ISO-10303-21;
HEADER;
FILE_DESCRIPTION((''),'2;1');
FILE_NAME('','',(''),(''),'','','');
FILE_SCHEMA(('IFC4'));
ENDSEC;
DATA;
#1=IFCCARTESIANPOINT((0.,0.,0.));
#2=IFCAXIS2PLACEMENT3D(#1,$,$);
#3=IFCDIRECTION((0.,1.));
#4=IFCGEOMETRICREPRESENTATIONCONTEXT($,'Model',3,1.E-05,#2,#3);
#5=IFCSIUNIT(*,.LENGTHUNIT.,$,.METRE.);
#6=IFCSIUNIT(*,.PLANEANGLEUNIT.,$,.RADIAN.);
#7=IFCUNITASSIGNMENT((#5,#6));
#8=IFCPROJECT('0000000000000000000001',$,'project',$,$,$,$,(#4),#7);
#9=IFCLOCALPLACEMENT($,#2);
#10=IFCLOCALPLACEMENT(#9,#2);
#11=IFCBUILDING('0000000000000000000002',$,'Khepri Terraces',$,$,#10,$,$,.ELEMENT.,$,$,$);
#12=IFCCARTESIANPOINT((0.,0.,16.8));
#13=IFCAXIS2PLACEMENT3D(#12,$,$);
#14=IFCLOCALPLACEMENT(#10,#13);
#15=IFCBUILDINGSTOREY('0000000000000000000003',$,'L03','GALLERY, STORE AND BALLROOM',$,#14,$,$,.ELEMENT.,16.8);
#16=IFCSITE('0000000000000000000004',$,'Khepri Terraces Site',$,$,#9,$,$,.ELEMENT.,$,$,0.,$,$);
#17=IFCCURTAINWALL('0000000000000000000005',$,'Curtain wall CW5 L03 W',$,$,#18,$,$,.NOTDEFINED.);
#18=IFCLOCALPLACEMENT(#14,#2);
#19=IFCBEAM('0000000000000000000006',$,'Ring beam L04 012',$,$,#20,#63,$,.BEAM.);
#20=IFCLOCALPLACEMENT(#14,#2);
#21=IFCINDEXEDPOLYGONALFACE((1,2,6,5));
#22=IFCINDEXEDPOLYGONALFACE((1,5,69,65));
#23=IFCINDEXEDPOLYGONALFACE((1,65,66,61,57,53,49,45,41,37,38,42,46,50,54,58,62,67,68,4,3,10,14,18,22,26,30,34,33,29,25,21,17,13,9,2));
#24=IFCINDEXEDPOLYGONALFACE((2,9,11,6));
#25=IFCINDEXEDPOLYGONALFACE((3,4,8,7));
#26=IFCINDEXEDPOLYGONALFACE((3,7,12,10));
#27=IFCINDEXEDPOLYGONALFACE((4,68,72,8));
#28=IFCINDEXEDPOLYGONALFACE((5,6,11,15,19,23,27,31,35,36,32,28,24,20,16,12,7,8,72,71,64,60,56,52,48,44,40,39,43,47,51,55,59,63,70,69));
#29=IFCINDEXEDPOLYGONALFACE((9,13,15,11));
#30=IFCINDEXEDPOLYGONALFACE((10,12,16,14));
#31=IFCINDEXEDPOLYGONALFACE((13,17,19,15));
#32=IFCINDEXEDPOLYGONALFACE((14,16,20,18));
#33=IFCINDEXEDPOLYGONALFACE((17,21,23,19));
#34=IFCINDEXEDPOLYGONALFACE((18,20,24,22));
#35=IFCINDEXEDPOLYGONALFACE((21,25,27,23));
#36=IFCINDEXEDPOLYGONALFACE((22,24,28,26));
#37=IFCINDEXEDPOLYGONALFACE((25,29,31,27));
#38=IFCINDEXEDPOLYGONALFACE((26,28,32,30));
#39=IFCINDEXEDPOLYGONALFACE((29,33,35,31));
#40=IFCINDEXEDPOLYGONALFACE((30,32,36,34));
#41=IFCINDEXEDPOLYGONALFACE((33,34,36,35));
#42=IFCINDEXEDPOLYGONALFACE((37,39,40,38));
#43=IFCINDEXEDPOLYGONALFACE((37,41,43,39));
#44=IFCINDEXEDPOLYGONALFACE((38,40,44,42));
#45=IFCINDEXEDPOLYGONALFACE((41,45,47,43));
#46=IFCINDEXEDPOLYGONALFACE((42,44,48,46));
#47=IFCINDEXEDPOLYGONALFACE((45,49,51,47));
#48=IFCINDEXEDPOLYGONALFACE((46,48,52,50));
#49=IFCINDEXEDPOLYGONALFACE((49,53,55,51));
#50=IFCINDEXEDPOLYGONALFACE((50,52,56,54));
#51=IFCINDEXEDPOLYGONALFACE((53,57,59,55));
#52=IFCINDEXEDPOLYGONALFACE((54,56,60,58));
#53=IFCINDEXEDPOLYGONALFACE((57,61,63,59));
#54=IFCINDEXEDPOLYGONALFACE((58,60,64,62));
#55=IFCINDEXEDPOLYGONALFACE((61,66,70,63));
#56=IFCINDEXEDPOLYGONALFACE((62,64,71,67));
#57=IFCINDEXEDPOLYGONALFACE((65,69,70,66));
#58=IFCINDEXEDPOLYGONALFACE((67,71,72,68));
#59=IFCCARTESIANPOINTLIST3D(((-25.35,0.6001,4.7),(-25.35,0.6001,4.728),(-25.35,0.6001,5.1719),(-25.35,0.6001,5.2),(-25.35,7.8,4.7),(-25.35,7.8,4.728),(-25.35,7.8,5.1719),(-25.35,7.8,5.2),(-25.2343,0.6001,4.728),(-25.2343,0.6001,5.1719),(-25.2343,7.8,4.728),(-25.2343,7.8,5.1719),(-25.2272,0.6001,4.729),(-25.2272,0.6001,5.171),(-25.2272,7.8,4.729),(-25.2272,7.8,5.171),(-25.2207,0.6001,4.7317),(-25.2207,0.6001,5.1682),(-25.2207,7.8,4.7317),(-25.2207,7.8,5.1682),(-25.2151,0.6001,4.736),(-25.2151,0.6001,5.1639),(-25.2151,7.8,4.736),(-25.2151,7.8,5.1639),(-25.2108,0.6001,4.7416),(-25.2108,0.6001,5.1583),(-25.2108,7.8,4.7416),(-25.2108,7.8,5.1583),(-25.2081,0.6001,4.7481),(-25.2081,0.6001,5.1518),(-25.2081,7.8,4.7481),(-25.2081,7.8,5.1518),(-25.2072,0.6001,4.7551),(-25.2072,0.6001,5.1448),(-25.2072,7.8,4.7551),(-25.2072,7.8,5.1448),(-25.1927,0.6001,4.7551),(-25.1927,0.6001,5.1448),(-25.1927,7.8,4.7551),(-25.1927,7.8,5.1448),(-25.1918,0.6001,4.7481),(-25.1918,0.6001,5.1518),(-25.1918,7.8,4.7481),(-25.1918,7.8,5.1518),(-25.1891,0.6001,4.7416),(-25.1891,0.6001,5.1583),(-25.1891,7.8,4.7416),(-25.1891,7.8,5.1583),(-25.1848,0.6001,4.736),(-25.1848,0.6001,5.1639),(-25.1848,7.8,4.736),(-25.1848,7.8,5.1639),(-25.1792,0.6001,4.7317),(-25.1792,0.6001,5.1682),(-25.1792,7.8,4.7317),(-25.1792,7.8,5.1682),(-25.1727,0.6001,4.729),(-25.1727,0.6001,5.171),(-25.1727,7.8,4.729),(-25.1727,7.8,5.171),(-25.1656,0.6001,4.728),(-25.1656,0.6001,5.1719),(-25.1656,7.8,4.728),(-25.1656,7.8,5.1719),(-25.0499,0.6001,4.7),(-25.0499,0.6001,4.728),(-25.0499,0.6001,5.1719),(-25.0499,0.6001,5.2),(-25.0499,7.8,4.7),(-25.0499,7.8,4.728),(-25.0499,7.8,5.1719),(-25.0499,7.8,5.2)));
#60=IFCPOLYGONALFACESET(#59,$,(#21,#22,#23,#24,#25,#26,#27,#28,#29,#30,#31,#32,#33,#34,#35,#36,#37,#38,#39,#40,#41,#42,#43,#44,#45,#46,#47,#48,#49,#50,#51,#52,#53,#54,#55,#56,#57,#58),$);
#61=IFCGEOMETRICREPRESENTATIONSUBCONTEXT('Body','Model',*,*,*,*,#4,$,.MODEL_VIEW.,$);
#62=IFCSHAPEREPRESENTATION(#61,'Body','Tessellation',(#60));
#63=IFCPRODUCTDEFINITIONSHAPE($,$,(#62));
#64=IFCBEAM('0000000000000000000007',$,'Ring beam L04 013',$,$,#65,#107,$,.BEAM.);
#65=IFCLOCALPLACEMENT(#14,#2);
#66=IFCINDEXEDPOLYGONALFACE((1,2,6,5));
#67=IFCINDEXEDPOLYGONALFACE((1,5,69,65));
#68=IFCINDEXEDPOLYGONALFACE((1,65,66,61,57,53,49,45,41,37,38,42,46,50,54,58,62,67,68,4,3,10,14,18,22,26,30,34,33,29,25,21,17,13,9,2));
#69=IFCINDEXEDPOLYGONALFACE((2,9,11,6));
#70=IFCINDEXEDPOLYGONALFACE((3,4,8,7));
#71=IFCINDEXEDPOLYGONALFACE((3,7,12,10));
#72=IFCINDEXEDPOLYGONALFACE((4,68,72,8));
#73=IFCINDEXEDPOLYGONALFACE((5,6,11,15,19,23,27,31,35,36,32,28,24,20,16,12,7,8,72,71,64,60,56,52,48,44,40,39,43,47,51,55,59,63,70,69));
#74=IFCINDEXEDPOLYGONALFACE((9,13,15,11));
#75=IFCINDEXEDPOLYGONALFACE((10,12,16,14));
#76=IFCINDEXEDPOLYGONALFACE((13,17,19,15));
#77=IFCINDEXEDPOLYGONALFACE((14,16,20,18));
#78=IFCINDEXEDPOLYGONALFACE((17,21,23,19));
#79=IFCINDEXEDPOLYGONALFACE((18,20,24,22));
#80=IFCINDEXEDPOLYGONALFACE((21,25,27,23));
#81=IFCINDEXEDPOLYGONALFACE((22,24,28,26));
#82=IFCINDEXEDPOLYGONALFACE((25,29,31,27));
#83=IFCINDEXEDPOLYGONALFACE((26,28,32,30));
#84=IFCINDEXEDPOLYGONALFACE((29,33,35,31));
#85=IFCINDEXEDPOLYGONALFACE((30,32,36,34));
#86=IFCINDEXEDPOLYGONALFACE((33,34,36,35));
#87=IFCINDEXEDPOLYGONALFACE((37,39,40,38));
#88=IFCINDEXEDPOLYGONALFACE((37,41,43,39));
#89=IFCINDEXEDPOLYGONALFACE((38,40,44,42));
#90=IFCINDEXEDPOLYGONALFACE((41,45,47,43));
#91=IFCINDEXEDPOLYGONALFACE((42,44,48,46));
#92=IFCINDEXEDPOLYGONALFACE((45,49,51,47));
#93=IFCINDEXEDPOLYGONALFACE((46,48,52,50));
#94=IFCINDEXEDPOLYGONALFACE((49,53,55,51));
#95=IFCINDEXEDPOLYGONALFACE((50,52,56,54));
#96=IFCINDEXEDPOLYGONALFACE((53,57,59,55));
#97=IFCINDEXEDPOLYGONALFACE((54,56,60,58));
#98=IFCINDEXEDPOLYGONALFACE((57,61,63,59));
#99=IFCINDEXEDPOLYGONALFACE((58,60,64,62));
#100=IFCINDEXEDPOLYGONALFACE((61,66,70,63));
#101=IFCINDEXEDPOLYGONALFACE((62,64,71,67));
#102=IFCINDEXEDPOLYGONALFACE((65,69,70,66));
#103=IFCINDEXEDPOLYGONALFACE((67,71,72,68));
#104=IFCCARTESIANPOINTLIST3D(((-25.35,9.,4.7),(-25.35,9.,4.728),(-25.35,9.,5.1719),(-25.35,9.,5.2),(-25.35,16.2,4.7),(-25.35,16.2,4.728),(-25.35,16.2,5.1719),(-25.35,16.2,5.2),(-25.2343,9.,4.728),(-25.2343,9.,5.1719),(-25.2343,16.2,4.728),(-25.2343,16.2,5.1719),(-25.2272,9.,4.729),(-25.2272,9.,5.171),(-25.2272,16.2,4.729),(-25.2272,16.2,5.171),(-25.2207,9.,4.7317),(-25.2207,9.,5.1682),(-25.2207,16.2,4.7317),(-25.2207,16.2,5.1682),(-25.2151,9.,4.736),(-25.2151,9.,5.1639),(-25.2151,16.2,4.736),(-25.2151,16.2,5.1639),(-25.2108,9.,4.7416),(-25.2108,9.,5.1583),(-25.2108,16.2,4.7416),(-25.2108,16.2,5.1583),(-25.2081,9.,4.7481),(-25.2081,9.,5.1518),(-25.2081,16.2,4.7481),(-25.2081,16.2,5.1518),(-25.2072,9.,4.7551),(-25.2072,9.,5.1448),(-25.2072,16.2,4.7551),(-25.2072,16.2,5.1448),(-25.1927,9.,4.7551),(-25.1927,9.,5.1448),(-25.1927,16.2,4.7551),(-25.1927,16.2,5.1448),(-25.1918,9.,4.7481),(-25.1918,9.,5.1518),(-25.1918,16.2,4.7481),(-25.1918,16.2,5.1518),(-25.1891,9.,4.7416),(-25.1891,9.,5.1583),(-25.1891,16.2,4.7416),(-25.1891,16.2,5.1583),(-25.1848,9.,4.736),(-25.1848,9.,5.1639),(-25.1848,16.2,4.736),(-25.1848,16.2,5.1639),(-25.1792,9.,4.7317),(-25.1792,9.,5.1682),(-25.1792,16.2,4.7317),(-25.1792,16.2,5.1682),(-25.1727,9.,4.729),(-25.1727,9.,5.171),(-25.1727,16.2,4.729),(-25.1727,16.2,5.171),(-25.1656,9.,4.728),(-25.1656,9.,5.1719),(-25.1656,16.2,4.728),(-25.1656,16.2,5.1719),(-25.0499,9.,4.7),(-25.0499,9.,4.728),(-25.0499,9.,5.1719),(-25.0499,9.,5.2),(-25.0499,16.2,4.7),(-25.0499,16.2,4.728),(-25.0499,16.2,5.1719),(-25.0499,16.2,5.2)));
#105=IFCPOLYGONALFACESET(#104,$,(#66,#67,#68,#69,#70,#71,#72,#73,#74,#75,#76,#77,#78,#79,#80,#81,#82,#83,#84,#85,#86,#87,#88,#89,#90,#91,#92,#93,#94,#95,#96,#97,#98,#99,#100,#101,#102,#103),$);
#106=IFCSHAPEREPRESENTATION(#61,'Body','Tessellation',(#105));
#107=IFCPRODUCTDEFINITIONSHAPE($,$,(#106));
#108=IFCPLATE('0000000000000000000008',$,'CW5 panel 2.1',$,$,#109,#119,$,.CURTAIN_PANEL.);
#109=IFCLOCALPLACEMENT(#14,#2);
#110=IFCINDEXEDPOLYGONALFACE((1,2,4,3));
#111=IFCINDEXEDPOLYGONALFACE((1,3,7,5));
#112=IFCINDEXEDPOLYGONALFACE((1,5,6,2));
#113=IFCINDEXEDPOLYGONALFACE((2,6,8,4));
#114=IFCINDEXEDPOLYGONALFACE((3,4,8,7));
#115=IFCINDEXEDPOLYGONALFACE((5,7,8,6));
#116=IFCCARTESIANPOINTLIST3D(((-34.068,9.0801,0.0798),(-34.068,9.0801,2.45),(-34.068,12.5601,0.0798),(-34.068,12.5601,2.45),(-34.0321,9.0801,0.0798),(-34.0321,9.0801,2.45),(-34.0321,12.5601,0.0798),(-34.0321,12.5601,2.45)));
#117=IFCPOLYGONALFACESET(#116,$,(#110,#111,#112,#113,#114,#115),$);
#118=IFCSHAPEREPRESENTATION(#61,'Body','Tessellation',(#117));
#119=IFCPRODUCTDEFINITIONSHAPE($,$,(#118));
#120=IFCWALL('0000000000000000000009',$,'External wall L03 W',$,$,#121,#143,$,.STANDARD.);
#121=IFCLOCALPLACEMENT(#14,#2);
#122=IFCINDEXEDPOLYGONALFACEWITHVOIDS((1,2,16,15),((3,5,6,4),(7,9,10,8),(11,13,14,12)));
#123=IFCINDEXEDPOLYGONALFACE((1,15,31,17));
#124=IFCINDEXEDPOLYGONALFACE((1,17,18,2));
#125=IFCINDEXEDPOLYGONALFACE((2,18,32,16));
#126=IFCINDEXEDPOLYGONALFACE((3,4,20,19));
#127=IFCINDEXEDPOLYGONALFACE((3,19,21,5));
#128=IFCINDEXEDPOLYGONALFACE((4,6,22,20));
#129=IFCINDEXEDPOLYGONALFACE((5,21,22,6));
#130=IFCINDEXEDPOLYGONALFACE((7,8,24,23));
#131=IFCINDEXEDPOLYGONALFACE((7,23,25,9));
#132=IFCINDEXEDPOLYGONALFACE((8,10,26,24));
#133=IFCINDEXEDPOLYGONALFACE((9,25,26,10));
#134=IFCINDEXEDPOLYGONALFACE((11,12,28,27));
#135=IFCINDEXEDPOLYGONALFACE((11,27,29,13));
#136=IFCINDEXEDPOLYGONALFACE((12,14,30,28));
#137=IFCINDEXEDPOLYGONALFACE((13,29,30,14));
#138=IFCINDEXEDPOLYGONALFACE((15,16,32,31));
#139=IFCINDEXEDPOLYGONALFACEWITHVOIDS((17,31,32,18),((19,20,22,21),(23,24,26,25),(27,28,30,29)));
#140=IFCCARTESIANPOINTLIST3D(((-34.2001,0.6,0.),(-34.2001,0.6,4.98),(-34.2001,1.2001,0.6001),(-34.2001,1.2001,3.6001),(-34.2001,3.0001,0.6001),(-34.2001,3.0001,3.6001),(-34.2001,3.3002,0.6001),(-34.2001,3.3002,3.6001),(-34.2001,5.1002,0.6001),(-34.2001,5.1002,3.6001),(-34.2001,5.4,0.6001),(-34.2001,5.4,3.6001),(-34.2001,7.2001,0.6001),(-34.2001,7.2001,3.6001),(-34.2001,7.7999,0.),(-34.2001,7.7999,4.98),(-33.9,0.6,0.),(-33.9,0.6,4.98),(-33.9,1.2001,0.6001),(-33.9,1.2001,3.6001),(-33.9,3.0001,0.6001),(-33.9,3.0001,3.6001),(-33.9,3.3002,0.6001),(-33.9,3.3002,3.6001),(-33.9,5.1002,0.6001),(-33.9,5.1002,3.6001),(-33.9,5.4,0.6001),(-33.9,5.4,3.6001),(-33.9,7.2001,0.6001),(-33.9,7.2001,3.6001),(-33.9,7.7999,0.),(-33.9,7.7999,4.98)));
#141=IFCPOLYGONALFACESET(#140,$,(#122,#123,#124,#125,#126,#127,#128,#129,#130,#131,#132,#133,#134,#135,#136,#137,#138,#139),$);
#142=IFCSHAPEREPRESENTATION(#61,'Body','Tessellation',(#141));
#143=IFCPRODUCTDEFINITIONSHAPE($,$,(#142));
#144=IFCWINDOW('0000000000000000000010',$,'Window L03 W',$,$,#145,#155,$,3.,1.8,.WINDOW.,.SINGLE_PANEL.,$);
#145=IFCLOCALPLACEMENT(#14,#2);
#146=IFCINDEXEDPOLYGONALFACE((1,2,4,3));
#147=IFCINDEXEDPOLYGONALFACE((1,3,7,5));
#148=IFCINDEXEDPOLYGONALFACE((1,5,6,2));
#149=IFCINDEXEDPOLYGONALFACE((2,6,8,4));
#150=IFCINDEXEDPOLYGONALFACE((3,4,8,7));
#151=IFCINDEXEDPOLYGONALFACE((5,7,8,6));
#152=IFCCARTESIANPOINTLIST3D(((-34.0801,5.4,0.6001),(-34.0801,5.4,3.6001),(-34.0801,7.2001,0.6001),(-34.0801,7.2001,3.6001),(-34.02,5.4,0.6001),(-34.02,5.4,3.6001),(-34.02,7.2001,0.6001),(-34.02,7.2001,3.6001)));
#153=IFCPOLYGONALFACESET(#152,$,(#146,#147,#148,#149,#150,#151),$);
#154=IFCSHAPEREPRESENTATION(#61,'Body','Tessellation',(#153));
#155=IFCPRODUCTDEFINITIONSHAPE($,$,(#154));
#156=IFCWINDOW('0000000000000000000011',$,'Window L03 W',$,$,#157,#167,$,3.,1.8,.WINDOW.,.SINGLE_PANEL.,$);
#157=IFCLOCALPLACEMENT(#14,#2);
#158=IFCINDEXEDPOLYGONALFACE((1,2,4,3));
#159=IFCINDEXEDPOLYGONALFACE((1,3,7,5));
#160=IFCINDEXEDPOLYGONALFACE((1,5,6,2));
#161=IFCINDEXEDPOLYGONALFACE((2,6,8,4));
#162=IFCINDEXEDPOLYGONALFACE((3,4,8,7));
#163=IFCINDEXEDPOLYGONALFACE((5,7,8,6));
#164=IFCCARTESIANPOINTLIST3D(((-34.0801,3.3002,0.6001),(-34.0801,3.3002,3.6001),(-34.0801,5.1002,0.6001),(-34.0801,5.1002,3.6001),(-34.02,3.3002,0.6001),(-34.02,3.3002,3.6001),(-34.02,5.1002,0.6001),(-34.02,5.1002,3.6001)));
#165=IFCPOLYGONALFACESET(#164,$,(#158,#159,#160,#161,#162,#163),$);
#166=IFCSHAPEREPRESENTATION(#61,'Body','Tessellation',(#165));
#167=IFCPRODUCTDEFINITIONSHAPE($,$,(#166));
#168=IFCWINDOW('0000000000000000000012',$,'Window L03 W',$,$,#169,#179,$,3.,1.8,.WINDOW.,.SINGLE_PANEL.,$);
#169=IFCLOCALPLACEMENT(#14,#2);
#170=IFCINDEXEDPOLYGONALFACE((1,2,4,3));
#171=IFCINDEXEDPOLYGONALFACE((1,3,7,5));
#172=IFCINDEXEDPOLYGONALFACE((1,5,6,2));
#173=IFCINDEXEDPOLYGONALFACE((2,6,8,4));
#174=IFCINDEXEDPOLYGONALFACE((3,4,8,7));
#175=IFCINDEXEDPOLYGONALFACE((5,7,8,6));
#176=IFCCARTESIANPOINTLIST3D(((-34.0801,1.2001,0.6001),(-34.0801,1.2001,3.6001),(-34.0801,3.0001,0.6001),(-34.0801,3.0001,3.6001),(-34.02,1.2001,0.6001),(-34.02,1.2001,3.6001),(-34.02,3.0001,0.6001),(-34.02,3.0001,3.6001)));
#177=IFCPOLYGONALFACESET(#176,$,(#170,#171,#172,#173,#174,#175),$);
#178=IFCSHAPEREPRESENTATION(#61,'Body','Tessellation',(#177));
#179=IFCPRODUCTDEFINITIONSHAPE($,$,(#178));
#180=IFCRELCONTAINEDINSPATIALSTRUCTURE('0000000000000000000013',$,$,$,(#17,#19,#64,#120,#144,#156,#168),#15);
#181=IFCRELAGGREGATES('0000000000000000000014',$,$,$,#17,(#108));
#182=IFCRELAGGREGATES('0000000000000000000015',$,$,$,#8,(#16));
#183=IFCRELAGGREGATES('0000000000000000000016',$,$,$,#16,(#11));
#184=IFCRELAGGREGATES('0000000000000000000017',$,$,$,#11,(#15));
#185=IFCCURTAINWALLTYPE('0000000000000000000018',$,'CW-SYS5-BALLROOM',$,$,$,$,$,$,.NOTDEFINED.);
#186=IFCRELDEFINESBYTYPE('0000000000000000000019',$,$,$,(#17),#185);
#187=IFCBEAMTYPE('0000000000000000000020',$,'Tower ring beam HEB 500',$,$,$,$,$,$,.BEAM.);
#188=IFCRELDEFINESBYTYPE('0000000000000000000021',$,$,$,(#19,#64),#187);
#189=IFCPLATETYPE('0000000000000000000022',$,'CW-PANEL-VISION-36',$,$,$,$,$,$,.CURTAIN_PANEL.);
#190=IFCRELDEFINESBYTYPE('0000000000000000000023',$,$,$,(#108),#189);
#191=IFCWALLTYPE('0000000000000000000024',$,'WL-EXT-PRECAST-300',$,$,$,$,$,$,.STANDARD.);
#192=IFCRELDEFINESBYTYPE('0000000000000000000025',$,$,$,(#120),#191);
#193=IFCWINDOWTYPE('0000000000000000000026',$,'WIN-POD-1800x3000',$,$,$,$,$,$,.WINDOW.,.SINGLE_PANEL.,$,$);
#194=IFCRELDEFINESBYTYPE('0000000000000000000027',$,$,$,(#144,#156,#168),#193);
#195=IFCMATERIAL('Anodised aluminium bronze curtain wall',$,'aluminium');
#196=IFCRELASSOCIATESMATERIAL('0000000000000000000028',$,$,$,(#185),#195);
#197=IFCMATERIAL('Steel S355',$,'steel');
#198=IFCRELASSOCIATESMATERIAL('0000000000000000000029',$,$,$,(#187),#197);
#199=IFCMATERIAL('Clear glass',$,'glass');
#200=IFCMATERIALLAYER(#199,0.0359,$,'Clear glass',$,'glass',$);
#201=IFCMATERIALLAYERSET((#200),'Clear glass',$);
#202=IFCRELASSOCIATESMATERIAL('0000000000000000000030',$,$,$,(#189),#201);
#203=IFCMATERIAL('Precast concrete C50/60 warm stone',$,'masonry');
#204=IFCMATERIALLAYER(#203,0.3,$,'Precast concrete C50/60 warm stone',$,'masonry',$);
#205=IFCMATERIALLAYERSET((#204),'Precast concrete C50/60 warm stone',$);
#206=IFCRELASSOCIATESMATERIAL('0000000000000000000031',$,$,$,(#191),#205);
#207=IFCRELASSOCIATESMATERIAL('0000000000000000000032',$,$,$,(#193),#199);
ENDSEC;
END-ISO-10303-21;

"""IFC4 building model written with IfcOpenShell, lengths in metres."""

from ifc_helpers import new_model, si_unit, direction, frame, frame_2d, origin, origin_2d, place, context, subcontext, project, spatial, rectangle, i_section, extrude, material, layer, layer_set, material_profile, profile_set, type_object, element, fill, aggregate, save


model = new_model("IFC4")

# Units and contexts
model_context = context("Model", 3, precision=1e-05, world=origin(), true_north=direction((0.0, 1.0)))
body_context = subcontext(model_context, "Body", "Model", "MODEL_VIEW")
ifc_project = project(units=[si_unit("LENGTHUNIT", "METRE"), si_unit("PLANEANGLEUNIT", "RADIAN")], contexts=[model_context])

# Site, building, storey
site_placement = place(None, origin())
site = spatial("IfcSite", under=ifc_project, at=site_placement, Name="Khepri Terraces Site", CompositionType="ELEMENT", RefElevation=0.0)
building_placement = place(site_placement, origin())
building = spatial("IfcBuilding", under=site, at=building_placement, Name="Khepri Terraces", CompositionType="ELEMENT")
storey_placement = place(building_placement, frame((0.0, 0.0, 16.8)))
storey = spatial("IfcBuildingStorey", under=building, at=storey_placement, Name="L03", Description="GALLERY, STORE AND BALLROOM", CompositionType="ELEMENT", Elevation=16.8)

# Curtain wall
ifc_material_1 = material(Name="Anodised aluminium bronze curtain wall", Category="aluminium")
curtain_wall_type = type_object("IfcCurtainWallType", Name="CW-SYS5-BALLROOM", PredefinedType="NOTDEFINED", material=ifc_material_1)
curtain_wall_1_placement = place(storey_placement, origin())
curtain_wall_1 = element("IfcCurtainWall", 1, at=curtain_wall_1_placement, inside=storey, type_object=curtain_wall_type, Name="Curtain wall CW5 L03 W", PredefinedType="NOTDEFINED")

# Beams
ifc_material_2 = material(Name="Steel S355", Category="steel")
ifc_material_profile_1 = material_profile(ifc_material_2, i_section(OverallWidth=0.3, OverallDepth=0.5, WebThickness=0.0144, FlangeThickness=0.0281, FilletRadius=0.0271, at=origin_2d()), Name="Steel S355", Category="steel")
ifc_profile_set_1 = profile_set([ifc_material_profile_1], Name="Steel S355")
beam_type_1 = type_object("IfcBeamType", Name="Tower ring beam HEB 500", PredefinedType="BEAM", material=ifc_profile_set_1)
for number, where, z_axis, x_axis, name in (
    (2, (-25.2, 0.6001, 4.95), (0.0, 1.0, 0.0), (-1.0, 0.0, 0.0), "Ring beam L04 012"),
    (3, (-25.2, 9.0, 4.95), (0.0, 1.0, 0.0), (-1.0, 0.0, 0.0), "Ring beam L04 013"),
):
    element("IfcBeam", number, at=place(storey_placement, frame(where, z_axis=z_axis, x_axis=x_axis)), inside=storey, type_object=beam_type_1, Name=name, PredefinedType="BEAM", context=body_context, shape_type="SweptSolid", body=[
        extrude(i_section(OverallWidth=0.3, OverallDepth=0.5, WebThickness=0.0144, FlangeThickness=0.0281, FilletRadius=0.0271, at=origin_2d()), origin(), (0.0, 0.0, 1.0), 7.2),
    ])

# Plate
ifc_material_3 = material(Name="Clear glass", Category="glass")
ifc_layer_1 = layer(ifc_material_3, 0.0359, Name="Clear glass", Category="glass")
ifc_layer_set_1 = layer_set([ifc_layer_1], Name="Clear glass")
plate_type = type_object("IfcPlateType", Name="CW-PANEL-VISION-36", PredefinedType="CURTAIN_PANEL", material=ifc_layer_set_1)
plate_placement = place(storey_placement, frame((-34.05, 10.8201, 0.0798), z_axis=(0.0, 0.0, 1.0), x_axis=(0.0, -1.0, 0.0)))
plate = element("IfcPlate", 4, at=plate_placement, type_object=plate_type, Name="CW5 panel 2.1", PredefinedType="CURTAIN_PANEL", context=body_context, shape_type="SweptSolid", body=[
    extrude(rectangle(XDim=3.48, YDim=0.0359, at=origin_2d()), origin(), (0.0, 0.0, 1.0), 2.3701),
])
aggregate(curtain_wall_1, [plate])

# Wall, openings, windows
ifc_material_4 = material(Name="Precast concrete C50/60 warm stone", Category="masonry")
ifc_layer_2 = layer(ifc_material_4, 0.3, Name="Precast concrete C50/60 warm stone", Category="masonry")
ifc_layer_set_2 = layer_set([ifc_layer_2], Name="Precast concrete C50/60 warm stone")
wall_type_1 = type_object("IfcWallType", Name="WL-EXT-PRECAST-300", PredefinedType="STANDARD", material=ifc_layer_set_2)
wall_1_placement = place(storey_placement, frame((-34.05, 7.8, 0.0), z_axis=(0.0, 0.0, 1.0), x_axis=(0.0, -1.0, 0.0)))
wall_1 = element("IfcWall", 5, at=wall_1_placement, inside=storey, type_object=wall_type_1, Name="External wall L03 W", PredefinedType="STANDARD", context=body_context, shape_type="SweptSolid", body=[
    extrude(rectangle(XDim=7.2, YDim=0.3, at=frame_2d((3.6001, 0.0))), origin(), (0.0, 0.0, 1.0), 4.98),
])
opening_1_placement = place(wall_1_placement, frame((0.6001, 0.0, 0.6001)))
opening_1 = element("IfcOpeningElement", 6, at=opening_1_placement, cuts=wall_1, PredefinedType="OPENING", context=body_context, shape_type="SweptSolid", body=[
    extrude(rectangle(XDim=1.8, YDim=3.0, at=frame_2d((0.8999, 1.5))), frame((0.0, 0.1602, 0.0), z_axis=(0.0, -1.0, 0.0), x_axis=(1.0, 0.0, 0.0)), (0.0, 0.0, 1.0), 0.3201),
])
opening_2_placement = place(wall_1_placement, frame((2.7, 0.0, 0.6001)))
opening_2 = element("IfcOpeningElement", 7, at=opening_2_placement, cuts=wall_1, PredefinedType="OPENING", context=body_context, shape_type="SweptSolid", body=[
    extrude(rectangle(XDim=1.8, YDim=3.0, at=frame_2d((0.8999, 1.5))), frame((0.0, 0.1602, 0.0), z_axis=(0.0, -1.0, 0.0), x_axis=(1.0, 0.0, 0.0)), (0.0, 0.0, 1.0), 0.3201),
])
opening_3_placement = place(wall_1_placement, frame((4.8, 0.0, 0.6001)))
opening_3 = element("IfcOpeningElement", 8, at=opening_3_placement, cuts=wall_1, PredefinedType="OPENING", context=body_context, shape_type="SweptSolid", body=[
    extrude(rectangle(XDim=1.8, YDim=3.0, at=frame_2d((0.8999, 1.5))), frame((0.0, 0.1602, 0.0), z_axis=(0.0, -1.0, 0.0), x_axis=(1.0, 0.0, 0.0)), (0.0, 0.0, 1.0), 0.3201),
])
window_type = type_object("IfcWindowType", Name="WIN-POD-1800x3000", PartitioningType="SINGLE_PANEL", PredefinedType="WINDOW", material=ifc_material_3)
window_1_placement = place(opening_1_placement, origin())
window_1 = element("IfcWindow", 9, at=window_1_placement, inside=storey, type_object=window_type, Name="Window L03 W", OverallHeight=3.0, OverallWidth=1.8, PartitioningType="SINGLE_PANEL", PredefinedType="WINDOW", context=body_context, shape_type="SweptSolid", body=[
    extrude(rectangle(XDim=1.8, YDim=3.0, at=frame_2d((0.8999, 1.5))), frame((0.0, 0.03, 0.0), z_axis=(0.0, -1.0, 0.0), x_axis=(1.0, 0.0, 0.0)), (0.0, 0.0, 1.0), 0.0601),
])
fill(opening_1, window_1)
window_2_placement = place(opening_2_placement, origin())
window_2 = element("IfcWindow", 10, at=window_2_placement, inside=storey, type_object=window_type, Name="Window L03 W", OverallHeight=3.0, OverallWidth=1.8, PartitioningType="SINGLE_PANEL", PredefinedType="WINDOW", context=body_context, shape_type="SweptSolid", body=[
    extrude(rectangle(XDim=1.8, YDim=3.0, at=frame_2d((0.8999, 1.5))), frame((0.0, 0.03, 0.0), z_axis=(0.0, -1.0, 0.0), x_axis=(1.0, 0.0, 0.0)), (0.0, 0.0, 1.0), 0.0601),
])
fill(opening_2, window_2)
window_3_placement = place(opening_3_placement, origin())
window_3 = element("IfcWindow", 11, at=window_3_placement, inside=storey, type_object=window_type, Name="Window L03 W", OverallHeight=3.0, OverallWidth=1.8, PartitioningType="SINGLE_PANEL", PredefinedType="WINDOW", context=body_context, shape_type="SweptSolid", body=[
    extrude(rectangle(XDim=1.8, YDim=3.0, at=frame_2d((0.8999, 1.5))), frame((0.0, 0.03, 0.0), z_axis=(0.0, -1.0, 0.0), x_axis=(1.0, 0.0, 0.0)), (0.0, 0.0, 1.0), 0.0601),
])
fill(opening_3, window_3)

save(model, "model.ifc")
